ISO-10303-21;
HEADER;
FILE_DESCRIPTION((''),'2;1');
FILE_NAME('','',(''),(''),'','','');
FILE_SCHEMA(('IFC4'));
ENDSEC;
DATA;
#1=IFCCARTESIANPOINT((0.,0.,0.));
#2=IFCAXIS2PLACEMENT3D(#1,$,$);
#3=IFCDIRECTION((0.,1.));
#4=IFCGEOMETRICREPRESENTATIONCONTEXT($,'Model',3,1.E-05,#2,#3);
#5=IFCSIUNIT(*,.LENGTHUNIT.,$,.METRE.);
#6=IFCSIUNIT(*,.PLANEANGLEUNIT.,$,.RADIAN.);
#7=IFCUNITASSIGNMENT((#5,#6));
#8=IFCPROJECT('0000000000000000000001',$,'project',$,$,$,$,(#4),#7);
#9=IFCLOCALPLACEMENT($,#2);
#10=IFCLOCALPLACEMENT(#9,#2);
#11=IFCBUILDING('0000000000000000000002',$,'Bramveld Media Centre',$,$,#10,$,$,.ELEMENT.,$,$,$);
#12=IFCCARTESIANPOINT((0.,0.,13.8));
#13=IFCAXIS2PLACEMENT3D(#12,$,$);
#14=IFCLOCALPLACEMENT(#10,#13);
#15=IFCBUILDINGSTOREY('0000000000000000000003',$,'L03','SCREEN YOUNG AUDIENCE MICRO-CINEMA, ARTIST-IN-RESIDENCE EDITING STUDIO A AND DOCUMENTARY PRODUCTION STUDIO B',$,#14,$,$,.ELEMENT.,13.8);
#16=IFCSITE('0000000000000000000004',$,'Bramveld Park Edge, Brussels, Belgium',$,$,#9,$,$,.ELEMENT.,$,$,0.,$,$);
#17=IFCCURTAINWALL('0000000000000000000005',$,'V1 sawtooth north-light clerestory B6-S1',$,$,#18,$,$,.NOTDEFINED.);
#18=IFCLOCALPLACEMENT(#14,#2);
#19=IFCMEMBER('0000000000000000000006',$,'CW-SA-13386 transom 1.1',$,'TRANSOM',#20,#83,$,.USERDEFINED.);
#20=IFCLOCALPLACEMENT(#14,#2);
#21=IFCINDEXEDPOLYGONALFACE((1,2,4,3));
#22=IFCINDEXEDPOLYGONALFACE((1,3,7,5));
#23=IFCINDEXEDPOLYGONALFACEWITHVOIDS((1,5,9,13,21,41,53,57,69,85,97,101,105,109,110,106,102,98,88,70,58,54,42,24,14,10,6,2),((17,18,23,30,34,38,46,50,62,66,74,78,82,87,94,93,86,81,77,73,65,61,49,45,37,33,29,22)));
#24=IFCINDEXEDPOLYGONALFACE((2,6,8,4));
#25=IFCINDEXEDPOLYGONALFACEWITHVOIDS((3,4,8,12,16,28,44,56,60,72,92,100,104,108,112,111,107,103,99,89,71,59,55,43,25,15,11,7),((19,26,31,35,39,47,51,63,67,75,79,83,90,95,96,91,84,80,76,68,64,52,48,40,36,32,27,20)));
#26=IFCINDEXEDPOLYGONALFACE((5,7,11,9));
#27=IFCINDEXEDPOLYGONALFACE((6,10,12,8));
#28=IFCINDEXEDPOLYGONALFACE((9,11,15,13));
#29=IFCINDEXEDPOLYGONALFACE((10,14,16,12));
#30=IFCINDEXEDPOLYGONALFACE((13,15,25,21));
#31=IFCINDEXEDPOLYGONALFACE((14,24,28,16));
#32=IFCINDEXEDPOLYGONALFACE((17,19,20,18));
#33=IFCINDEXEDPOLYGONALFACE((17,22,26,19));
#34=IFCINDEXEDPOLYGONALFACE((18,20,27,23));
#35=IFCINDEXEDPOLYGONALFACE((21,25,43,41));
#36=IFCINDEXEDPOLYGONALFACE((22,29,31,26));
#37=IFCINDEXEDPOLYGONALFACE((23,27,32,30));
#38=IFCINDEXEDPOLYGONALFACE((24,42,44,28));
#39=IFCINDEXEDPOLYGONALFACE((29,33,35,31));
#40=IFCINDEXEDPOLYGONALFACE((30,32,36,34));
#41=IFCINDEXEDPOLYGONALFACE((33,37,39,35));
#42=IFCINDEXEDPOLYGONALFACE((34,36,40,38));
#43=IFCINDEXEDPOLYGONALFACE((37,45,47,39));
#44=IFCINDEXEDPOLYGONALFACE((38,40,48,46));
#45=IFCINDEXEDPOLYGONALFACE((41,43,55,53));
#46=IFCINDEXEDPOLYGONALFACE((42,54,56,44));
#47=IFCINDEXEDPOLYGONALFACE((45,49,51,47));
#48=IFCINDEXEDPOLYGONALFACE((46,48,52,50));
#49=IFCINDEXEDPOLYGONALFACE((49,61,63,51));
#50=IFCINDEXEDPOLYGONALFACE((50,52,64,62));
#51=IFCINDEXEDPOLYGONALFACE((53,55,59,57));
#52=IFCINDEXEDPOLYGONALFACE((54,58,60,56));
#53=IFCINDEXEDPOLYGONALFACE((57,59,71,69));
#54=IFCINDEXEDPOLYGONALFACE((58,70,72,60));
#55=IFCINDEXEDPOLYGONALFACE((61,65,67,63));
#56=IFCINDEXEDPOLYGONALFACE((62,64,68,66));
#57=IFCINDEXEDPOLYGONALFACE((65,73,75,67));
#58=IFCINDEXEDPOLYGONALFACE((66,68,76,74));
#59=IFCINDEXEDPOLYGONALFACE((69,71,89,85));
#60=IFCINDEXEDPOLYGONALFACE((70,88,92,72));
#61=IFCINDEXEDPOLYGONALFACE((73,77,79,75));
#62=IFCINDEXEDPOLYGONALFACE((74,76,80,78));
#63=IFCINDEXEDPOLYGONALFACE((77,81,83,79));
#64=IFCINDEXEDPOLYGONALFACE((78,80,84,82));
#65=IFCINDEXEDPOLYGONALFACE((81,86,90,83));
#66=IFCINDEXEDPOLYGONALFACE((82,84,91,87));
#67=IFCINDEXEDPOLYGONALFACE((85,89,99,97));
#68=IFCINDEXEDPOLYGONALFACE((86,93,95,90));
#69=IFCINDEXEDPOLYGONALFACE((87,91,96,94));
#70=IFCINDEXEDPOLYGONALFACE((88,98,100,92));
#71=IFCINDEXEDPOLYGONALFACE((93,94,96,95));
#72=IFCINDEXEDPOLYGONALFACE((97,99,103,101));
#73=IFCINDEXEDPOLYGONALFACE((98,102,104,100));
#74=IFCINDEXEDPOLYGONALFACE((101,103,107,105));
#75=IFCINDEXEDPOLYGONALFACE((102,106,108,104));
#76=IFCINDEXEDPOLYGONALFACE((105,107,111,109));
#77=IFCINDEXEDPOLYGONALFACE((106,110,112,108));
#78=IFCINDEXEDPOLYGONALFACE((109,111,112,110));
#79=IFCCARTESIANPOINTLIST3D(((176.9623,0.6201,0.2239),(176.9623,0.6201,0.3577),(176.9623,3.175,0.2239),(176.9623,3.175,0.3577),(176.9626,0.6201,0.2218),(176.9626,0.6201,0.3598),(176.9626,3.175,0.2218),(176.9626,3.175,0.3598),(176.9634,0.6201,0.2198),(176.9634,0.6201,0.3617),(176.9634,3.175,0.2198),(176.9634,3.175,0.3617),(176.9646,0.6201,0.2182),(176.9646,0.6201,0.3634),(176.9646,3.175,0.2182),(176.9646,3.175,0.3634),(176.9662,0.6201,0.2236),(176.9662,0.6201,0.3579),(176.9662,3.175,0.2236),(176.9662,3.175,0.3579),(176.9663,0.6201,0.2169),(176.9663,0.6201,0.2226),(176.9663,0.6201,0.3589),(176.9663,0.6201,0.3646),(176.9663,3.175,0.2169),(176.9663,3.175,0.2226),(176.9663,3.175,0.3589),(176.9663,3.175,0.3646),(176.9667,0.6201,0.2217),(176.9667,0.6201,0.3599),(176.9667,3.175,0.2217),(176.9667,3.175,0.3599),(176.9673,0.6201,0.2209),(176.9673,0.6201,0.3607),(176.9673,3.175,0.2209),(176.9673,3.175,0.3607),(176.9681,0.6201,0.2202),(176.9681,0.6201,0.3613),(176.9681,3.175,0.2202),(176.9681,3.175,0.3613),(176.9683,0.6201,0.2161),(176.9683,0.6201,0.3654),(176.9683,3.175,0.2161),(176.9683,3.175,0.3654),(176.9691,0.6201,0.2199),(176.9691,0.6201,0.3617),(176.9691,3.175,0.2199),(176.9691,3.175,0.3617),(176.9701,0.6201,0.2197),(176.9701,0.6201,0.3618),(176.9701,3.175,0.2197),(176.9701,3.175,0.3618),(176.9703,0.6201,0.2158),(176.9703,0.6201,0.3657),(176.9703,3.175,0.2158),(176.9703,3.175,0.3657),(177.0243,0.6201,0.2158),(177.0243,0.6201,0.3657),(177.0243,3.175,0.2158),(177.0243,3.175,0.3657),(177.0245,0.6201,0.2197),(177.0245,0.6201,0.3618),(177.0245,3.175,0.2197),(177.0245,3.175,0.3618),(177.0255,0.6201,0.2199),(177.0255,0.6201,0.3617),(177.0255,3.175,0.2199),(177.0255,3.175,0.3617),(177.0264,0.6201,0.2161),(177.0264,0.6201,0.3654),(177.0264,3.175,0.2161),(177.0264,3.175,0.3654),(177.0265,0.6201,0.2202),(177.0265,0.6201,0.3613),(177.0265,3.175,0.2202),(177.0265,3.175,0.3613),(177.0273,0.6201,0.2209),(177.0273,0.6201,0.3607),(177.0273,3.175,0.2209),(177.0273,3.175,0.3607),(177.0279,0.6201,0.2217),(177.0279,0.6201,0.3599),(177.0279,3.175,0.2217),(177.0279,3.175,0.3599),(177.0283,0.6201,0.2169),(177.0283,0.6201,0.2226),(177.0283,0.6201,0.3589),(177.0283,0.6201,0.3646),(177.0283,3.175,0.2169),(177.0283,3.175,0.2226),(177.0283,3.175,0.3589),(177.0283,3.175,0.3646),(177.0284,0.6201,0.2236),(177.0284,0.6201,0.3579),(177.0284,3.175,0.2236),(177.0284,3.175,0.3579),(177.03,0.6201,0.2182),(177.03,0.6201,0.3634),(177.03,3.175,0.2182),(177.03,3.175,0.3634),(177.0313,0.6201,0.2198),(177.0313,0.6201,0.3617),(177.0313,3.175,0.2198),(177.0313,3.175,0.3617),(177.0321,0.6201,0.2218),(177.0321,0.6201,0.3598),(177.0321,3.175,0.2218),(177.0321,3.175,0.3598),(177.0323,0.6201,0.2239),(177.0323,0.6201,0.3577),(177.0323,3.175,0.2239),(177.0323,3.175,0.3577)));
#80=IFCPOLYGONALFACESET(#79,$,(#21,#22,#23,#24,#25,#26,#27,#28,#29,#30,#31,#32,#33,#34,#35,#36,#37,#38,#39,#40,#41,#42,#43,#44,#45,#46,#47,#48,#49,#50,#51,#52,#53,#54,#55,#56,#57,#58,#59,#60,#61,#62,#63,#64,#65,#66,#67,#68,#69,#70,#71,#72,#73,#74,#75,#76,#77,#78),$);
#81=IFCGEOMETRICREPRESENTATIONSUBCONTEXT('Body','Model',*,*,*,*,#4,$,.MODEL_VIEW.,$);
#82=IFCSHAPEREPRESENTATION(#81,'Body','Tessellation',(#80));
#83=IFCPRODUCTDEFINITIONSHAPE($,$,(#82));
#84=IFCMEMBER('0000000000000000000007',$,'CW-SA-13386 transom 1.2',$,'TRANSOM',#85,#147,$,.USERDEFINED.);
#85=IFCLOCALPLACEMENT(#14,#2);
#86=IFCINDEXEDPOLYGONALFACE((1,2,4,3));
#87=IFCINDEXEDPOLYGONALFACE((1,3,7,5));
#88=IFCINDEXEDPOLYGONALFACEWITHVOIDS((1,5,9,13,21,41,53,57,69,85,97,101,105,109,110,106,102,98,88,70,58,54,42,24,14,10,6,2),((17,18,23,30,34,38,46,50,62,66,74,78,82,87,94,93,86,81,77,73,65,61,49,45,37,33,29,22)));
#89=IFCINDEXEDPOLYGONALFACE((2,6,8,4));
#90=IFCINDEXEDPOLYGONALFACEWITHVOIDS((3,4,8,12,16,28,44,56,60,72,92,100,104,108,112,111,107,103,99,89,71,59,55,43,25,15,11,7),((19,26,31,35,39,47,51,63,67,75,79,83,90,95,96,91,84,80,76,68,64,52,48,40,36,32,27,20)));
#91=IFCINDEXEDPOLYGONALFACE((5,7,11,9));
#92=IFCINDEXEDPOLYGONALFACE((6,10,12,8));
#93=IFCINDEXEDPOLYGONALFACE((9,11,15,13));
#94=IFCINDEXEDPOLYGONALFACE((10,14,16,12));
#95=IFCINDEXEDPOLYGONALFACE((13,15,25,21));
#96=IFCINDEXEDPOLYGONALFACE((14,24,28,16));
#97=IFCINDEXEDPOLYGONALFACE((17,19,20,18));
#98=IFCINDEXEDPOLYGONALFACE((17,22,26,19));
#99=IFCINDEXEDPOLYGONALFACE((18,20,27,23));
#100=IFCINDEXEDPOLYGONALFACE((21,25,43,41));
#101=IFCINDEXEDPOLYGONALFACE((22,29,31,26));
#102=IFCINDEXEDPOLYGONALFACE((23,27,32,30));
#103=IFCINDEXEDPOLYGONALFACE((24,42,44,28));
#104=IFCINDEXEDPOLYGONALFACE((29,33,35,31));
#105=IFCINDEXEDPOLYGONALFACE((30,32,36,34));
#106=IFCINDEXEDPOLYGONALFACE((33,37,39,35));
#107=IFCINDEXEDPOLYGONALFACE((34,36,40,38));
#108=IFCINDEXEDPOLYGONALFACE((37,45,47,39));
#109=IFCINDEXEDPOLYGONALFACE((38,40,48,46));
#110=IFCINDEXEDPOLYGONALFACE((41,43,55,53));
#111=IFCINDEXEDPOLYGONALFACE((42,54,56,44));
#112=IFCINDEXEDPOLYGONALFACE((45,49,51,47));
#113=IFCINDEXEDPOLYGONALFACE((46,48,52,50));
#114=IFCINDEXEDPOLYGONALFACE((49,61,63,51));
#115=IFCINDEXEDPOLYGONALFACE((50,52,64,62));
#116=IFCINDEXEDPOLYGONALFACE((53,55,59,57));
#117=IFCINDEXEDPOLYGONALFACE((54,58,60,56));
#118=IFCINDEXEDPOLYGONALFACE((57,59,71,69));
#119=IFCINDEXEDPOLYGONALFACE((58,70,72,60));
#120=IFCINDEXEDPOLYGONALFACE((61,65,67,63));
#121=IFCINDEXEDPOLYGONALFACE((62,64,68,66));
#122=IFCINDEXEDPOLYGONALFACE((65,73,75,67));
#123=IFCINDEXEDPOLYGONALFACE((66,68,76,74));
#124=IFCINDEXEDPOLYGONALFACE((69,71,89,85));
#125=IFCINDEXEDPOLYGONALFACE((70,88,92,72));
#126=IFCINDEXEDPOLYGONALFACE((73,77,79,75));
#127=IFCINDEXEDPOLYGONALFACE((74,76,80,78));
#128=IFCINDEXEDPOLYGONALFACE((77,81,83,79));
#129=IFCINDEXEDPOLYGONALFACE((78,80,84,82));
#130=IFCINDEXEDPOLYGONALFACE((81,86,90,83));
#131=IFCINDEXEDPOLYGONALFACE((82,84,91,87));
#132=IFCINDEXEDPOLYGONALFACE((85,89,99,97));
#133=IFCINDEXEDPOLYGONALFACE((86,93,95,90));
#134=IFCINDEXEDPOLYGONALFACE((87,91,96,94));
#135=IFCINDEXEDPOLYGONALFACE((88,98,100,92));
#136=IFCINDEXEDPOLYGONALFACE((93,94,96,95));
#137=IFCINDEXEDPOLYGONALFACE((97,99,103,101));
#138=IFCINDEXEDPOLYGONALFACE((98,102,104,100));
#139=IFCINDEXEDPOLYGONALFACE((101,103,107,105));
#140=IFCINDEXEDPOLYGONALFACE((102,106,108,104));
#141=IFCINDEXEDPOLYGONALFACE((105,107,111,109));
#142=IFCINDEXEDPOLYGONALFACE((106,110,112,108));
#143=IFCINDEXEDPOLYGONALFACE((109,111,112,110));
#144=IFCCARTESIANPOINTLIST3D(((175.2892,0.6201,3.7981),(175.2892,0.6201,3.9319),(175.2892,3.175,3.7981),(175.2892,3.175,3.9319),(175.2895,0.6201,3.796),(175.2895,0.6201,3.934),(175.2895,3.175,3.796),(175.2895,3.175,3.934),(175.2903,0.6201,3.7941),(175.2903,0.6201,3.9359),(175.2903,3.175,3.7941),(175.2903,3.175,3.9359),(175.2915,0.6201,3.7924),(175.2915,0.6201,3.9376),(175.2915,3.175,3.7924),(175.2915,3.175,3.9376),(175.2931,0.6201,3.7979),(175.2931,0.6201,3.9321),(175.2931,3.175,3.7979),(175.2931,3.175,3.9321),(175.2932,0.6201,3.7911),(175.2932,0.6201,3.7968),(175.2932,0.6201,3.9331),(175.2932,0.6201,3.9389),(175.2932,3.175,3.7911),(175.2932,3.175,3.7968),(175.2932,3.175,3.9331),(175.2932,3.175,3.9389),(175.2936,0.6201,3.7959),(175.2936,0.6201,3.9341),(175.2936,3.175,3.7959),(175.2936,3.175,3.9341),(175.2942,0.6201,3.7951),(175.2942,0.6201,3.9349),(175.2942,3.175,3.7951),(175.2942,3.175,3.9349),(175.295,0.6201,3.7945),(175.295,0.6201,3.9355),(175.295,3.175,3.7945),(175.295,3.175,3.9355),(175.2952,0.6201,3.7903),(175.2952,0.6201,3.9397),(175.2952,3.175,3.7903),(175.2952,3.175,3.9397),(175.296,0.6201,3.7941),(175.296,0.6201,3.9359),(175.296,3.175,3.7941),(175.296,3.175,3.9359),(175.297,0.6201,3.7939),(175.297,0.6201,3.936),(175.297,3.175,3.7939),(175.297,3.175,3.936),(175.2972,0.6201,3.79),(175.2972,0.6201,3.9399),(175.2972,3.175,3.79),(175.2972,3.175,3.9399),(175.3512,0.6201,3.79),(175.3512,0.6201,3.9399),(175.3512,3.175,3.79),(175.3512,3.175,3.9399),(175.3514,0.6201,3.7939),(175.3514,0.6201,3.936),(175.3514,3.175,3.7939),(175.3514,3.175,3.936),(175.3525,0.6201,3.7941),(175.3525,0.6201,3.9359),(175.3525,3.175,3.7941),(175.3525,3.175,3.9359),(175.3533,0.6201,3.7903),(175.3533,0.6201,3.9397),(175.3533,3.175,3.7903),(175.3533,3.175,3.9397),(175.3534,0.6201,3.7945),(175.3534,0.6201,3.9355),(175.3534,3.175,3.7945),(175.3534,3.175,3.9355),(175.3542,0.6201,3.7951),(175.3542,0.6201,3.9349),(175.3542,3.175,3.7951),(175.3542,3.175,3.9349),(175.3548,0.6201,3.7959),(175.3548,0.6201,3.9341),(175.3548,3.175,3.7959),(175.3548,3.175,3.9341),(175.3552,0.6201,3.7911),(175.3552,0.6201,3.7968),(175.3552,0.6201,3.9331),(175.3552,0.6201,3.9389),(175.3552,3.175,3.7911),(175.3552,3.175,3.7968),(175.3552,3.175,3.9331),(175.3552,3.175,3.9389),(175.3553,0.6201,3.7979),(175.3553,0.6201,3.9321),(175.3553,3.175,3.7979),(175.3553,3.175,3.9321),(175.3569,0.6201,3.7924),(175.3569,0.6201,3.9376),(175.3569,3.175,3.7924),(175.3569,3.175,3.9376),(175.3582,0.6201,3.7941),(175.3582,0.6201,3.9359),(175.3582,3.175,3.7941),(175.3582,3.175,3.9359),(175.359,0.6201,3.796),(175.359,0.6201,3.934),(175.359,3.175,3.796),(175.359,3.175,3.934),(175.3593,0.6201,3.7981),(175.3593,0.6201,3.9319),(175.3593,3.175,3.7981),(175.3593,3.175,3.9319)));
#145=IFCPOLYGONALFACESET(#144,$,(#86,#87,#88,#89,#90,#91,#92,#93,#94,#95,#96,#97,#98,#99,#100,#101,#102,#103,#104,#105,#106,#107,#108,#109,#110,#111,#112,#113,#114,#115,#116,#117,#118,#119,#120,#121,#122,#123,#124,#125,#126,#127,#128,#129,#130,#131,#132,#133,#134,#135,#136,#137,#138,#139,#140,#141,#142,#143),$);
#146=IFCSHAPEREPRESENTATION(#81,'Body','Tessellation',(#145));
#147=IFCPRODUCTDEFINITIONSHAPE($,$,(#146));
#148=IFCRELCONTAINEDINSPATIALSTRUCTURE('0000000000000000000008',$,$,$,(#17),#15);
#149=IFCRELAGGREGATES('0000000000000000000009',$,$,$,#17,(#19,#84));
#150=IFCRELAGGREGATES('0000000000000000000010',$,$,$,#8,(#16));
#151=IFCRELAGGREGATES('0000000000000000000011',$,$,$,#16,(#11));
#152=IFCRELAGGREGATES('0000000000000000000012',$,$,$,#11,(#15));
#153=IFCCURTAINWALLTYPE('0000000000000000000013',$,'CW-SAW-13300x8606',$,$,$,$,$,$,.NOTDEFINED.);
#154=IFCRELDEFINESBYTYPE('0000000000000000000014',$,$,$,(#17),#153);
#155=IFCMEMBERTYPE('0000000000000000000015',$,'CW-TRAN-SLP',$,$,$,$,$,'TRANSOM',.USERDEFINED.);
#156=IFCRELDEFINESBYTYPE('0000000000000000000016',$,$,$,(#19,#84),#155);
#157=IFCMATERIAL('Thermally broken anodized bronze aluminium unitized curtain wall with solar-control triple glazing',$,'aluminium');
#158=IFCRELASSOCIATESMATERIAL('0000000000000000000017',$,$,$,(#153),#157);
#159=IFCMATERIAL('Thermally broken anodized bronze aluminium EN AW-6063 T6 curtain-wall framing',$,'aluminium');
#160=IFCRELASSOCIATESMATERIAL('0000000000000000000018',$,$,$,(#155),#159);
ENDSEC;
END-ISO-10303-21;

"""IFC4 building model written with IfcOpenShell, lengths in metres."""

from ifc_helpers import new_model, si_unit, direction, frame, origin, origin_2d, place, context, subcontext, project, spatial, hollow_rectangle, extrude, material, material_profile, profile_set, type_object, element, aggregate, save


model = new_model("IFC4")

# Units and contexts
model_context = context("Model", 3, precision=1e-05, world=origin(), true_north=direction((0.0, 1.0)))
body_context = subcontext(model_context, "Body", "Model", "MODEL_VIEW")
ifc_project = project(units=[si_unit("LENGTHUNIT", "METRE"), si_unit("PLANEANGLEUNIT", "RADIAN")], contexts=[model_context])

# Site, building, storey
site_placement = place(None, origin())
site = spatial("IfcSite", under=ifc_project, at=site_placement, Name="Bramveld Park Edge, Brussels, Belgium", CompositionType="ELEMENT", RefElevation=0.0)
building_placement = place(site_placement, origin())
building = spatial("IfcBuilding", under=site, at=building_placement, Name="Bramveld Media Centre", CompositionType="ELEMENT")
storey_placement = place(building_placement, frame((0.0, 0.0, 13.8)))
storey = spatial("IfcBuildingStorey", under=building, at=storey_placement, Name="L03", Description="SCREEN YOUNG AUDIENCE MICRO-CINEMA, ARTIST-IN-RESIDENCE EDITING STUDIO A AND DOCUMENTARY PRODUCTION STUDIO B", CompositionType="ELEMENT", Elevation=13.8)

# Curtain wall, members
ifc_material_1 = material(Name="Thermally broken anodized bronze aluminium unitized curtain wall with solar-control triple glazing", Category="aluminium")
curtain_wall_type = type_object("IfcCurtainWallType", Name="CW-SAW-13300x8606", PredefinedType="NOTDEFINED", material=ifc_material_1)
curtain_wall_placement = place(storey_placement, origin())
curtain_wall = element("IfcCurtainWall", 1, at=curtain_wall_placement, inside=storey, type_object=curtain_wall_type, Name="V1 sawtooth north-light clerestory B6-S1", PredefinedType="NOTDEFINED")
ifc_material_2 = material(Name="Thermally broken anodized bronze aluminium EN AW-6063 T6 curtain-wall framing", Category="aluminium")
ifc_material_profile_1 = material_profile(ifc_material_2, hollow_rectangle(XDim=0.0701, YDim=0.1499, WallThickness=0.0039, InnerFilletRadius=0.0039, OuterFilletRadius=0.0081, at=origin_2d()), Name="AL-TRAN 70x150")
ifc_profile_set_1 = profile_set([ifc_material_profile_1], Name="Thermally broken anodized bronze aluminium EN AW-6063 T6 curtain-wall framing")
member_type_1 = type_object("IfcMemberType", Name="CW-TRAN-SLP", ElementType="TRANSOM", PredefinedType="USERDEFINED", material=ifc_profile_set_1)
member_1_placement = place(storey_placement, frame((176.9973, 0.6201, 0.2908), z_axis=(0.0, 1.0, 0.0), x_axis=(-1.0, 0.0, 0.0)))
member_1 = element("IfcMember", 2, at=member_1_placement, type_object=member_type_1, Name="CW-SA-13386 transom 1.1", ObjectType="TRANSOM", PredefinedType="USERDEFINED", context=body_context, shape_type="SweptSolid", body=[
    extrude(hollow_rectangle(XDim=0.0701, YDim=0.1499, WallThickness=0.0039, InnerFilletRadius=0.0039, OuterFilletRadius=0.0081, at=origin_2d()), origin(), (0.0, 0.0, 1.0), 2.5549),
])
member_2_placement = place(storey_placement, frame((175.3242, 0.6201, 3.865), z_axis=(0.0, 1.0, 0.0), x_axis=(-1.0, 0.0, 0.0)))
member_2 = element("IfcMember", 3, at=member_2_placement, type_object=member_type_1, Name="CW-SA-13386 transom 1.2", ObjectType="TRANSOM", PredefinedType="USERDEFINED", context=body_context, shape_type="SweptSolid", body=[
    extrude(hollow_rectangle(XDim=0.0701, YDim=0.1499, WallThickness=0.0039, InnerFilletRadius=0.0039, OuterFilletRadius=0.0081, at=origin_2d()), origin(), (0.0, 0.0, 1.0), 2.5549),
])

aggregate(curtain_wall, [member_1, member_2])

save(model, "model.ifc")
